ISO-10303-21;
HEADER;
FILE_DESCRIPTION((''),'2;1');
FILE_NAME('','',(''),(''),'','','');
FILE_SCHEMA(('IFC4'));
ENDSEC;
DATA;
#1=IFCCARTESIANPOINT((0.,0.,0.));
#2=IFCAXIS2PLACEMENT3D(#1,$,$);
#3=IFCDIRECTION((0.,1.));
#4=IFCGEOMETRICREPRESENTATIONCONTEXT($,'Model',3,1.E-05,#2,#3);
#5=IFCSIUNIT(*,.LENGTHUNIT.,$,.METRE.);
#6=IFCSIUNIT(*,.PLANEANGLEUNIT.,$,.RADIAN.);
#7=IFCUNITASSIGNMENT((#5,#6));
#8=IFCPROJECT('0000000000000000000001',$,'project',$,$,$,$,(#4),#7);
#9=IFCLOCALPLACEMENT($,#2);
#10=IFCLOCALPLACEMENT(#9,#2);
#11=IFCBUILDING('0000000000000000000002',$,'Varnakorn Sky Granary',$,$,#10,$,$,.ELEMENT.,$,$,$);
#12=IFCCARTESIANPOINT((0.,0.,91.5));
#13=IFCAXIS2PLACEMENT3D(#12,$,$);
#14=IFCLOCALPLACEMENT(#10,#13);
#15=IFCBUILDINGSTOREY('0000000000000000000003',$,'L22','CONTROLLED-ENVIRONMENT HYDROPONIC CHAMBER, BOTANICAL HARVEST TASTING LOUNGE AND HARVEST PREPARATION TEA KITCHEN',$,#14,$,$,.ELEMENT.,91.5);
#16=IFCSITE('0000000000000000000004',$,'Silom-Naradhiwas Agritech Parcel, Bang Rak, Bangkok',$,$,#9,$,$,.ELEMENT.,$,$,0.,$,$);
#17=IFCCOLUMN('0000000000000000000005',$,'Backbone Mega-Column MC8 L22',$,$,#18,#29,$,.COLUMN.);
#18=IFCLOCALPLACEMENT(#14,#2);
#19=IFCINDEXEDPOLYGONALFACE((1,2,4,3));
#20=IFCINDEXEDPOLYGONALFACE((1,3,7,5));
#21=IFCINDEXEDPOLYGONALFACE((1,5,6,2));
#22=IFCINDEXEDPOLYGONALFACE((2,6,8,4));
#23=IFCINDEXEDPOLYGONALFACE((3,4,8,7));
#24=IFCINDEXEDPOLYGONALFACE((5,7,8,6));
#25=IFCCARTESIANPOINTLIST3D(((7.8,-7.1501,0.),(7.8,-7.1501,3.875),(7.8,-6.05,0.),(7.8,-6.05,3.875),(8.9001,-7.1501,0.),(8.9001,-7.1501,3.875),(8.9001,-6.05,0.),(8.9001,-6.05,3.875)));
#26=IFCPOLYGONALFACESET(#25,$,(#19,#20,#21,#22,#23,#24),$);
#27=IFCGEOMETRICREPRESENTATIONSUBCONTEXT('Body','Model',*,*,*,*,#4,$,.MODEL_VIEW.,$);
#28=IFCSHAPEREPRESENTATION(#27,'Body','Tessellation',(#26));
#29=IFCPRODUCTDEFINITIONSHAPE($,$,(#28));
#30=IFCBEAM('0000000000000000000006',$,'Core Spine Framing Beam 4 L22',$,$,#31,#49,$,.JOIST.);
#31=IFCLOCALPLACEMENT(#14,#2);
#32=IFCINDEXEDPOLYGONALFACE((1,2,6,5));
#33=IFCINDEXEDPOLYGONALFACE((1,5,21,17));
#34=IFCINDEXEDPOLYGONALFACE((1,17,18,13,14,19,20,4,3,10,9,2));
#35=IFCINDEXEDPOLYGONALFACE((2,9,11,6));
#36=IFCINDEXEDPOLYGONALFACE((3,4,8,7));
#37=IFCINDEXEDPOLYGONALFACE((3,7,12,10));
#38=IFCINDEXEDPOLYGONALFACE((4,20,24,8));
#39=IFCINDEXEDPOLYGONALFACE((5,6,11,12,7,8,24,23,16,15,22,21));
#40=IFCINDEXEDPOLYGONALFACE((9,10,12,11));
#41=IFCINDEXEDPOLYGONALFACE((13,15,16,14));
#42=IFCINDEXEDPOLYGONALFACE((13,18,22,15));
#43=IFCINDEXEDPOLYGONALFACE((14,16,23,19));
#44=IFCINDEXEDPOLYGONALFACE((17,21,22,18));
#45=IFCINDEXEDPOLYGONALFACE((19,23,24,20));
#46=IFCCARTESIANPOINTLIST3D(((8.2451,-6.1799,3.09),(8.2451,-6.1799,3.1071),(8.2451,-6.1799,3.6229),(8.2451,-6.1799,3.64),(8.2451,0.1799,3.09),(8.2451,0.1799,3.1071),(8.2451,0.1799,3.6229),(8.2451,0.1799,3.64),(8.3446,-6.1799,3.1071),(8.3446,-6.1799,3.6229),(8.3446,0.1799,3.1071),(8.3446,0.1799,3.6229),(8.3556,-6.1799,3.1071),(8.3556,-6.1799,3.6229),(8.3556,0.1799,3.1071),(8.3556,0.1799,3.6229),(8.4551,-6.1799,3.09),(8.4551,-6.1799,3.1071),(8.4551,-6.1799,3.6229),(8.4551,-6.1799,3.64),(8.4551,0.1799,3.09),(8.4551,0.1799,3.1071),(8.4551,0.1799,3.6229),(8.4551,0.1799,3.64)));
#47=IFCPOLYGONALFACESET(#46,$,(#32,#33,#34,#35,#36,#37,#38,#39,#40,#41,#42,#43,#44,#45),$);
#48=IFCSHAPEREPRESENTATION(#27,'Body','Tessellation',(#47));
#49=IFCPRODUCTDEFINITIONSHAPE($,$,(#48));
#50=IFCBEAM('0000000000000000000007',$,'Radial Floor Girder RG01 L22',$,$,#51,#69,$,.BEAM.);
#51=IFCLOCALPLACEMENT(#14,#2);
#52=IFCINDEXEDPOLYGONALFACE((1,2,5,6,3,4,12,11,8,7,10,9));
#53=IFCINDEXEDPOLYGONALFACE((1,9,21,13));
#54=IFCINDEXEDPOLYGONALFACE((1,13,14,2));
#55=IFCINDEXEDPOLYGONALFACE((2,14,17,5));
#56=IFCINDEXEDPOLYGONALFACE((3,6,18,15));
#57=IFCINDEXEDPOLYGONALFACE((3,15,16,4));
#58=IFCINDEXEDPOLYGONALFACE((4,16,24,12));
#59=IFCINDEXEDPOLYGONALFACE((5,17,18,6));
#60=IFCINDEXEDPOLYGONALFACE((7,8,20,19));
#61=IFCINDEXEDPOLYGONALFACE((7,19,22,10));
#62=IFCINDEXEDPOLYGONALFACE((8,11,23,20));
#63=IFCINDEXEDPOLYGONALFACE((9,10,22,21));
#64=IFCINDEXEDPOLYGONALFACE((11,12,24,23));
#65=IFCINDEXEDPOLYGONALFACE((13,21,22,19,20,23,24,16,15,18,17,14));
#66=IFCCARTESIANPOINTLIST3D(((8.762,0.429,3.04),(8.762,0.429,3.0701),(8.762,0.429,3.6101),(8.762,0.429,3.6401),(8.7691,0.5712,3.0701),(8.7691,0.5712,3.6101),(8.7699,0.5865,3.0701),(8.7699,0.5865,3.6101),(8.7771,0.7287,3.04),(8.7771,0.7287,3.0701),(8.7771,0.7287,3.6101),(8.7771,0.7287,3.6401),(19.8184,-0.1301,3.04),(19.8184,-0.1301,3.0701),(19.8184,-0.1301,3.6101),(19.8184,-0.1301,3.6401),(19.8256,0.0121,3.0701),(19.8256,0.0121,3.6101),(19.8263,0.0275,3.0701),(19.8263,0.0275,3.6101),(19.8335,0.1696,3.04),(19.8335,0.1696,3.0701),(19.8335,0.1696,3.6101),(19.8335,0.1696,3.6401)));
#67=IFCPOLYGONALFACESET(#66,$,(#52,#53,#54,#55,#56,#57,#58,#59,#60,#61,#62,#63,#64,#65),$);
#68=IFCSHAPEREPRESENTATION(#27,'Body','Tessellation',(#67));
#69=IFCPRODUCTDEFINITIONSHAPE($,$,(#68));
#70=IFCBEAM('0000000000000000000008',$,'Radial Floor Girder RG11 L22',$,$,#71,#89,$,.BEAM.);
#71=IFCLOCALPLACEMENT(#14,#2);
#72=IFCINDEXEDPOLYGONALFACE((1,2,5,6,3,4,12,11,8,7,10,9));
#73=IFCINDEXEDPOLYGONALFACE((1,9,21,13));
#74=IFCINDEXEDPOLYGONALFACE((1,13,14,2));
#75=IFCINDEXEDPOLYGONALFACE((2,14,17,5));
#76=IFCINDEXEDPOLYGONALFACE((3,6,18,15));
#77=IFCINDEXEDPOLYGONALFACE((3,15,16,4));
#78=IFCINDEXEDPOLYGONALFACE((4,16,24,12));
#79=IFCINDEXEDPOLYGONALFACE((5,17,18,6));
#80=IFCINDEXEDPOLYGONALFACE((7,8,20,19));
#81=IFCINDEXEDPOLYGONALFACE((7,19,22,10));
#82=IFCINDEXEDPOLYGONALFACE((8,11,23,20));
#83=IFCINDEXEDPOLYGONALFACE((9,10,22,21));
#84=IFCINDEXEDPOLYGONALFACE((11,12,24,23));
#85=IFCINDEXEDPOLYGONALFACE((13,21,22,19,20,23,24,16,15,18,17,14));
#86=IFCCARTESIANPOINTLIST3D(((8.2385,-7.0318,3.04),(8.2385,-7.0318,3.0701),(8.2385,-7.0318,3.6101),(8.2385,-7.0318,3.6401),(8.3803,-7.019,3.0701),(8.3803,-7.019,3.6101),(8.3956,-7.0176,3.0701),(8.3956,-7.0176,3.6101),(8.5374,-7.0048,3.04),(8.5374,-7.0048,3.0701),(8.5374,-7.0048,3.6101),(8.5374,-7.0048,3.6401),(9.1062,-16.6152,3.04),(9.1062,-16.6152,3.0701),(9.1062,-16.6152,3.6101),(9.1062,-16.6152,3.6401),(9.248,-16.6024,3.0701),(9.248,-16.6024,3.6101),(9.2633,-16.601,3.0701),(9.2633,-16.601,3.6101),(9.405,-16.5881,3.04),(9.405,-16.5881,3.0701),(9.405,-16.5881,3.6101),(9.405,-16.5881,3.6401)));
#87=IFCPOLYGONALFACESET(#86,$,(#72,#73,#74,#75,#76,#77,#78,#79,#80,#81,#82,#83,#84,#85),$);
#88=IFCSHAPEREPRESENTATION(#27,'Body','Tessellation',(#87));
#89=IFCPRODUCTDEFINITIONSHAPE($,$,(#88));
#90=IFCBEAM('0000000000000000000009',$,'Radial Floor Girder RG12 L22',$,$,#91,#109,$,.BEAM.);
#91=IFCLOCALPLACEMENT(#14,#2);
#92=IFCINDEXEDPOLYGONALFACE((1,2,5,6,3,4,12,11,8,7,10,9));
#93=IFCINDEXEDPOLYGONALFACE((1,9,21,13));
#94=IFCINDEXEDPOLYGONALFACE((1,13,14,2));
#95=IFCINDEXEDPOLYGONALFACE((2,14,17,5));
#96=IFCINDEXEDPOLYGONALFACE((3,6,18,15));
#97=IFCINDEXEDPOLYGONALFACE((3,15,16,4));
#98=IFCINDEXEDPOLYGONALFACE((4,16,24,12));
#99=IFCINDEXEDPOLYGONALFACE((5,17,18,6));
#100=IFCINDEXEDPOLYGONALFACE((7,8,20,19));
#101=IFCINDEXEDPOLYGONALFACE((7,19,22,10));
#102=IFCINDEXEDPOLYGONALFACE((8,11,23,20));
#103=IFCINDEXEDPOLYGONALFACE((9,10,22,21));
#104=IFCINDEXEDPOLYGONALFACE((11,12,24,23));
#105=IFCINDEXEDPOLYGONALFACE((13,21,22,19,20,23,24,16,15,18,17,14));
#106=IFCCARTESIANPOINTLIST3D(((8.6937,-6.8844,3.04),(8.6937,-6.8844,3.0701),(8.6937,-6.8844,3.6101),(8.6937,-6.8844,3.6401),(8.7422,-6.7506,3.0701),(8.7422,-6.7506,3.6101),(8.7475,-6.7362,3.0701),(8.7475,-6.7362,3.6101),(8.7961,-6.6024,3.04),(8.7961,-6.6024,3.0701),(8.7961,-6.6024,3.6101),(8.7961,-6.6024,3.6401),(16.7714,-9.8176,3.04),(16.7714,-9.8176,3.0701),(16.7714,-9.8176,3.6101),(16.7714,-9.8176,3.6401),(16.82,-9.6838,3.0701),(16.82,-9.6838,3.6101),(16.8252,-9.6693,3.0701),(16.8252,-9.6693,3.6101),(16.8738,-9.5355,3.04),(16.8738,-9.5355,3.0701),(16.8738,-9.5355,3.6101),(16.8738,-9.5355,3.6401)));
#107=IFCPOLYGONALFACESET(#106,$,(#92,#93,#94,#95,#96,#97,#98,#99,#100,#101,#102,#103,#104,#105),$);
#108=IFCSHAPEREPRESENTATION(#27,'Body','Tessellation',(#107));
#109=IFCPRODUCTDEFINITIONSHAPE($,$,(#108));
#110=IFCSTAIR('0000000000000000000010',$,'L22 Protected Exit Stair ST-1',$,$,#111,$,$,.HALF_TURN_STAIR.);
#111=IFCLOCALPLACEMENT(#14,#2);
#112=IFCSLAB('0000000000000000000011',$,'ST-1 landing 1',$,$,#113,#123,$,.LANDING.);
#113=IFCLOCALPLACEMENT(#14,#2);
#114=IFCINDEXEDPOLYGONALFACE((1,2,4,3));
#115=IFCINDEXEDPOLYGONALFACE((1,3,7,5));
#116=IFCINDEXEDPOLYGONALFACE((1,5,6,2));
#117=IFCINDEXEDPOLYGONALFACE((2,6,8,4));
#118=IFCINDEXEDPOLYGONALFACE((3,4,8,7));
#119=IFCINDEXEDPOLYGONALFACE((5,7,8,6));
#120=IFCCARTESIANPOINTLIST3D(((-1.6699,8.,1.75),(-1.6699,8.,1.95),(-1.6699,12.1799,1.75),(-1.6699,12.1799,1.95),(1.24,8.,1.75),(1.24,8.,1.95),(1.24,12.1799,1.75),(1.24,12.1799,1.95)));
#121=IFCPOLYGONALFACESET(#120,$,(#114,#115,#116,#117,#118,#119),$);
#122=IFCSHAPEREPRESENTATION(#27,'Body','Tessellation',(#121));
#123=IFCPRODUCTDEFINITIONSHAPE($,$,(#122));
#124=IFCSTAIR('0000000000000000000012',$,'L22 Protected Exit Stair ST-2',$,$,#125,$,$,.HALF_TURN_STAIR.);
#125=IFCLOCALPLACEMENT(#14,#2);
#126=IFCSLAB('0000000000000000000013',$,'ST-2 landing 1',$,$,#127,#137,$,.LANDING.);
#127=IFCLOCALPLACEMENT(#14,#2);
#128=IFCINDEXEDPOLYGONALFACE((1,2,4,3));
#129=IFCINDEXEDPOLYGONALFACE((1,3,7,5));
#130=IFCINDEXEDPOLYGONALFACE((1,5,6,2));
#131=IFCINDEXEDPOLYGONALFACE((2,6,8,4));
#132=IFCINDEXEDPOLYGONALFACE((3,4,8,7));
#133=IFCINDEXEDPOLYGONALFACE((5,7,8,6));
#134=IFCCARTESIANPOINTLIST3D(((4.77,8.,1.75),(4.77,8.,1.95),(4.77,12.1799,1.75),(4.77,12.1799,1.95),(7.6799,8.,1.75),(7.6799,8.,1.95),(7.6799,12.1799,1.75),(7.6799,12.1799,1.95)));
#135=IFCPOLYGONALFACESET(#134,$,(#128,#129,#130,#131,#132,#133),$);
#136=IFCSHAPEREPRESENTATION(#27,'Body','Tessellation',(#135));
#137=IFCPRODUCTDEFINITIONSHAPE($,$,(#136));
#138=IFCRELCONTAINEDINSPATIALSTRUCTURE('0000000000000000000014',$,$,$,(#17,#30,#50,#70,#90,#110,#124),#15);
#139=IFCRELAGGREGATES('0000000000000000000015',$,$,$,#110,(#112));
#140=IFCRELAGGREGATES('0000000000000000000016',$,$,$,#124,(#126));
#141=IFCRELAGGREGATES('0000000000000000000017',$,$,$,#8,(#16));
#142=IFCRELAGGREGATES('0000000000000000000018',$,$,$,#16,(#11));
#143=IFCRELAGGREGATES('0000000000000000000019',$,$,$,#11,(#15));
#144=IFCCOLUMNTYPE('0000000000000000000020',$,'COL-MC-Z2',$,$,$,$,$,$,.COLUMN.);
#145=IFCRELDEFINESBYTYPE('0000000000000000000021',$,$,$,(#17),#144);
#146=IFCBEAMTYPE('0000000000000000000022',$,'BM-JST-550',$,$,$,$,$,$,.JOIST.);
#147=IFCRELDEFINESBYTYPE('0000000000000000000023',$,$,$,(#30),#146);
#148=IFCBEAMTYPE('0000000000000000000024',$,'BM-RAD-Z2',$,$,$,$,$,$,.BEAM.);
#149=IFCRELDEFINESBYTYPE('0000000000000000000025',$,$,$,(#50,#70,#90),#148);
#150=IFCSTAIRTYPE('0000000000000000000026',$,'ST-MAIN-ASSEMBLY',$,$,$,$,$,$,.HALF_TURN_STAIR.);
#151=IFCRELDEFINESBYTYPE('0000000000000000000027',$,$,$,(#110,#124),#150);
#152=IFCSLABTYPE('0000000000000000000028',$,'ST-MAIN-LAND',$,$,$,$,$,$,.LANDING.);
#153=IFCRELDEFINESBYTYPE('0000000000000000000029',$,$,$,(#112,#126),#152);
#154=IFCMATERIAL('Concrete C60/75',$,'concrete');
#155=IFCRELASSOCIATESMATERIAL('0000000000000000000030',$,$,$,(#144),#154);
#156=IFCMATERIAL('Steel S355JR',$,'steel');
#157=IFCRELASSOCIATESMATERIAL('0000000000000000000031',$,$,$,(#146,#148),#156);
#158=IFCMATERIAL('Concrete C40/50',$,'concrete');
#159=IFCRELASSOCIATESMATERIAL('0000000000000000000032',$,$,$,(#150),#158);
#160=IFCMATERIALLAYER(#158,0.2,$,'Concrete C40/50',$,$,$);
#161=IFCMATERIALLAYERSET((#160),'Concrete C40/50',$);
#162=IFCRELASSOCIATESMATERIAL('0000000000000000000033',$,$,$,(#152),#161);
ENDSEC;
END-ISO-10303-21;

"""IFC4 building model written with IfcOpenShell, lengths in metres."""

from ifc_helpers import new_model, si_unit, direction, frame, origin, origin_2d, place, context, subcontext, project, spatial, polyline, rectangle, i_section, outline, extrude, material, layer, layer_set, material_profile, profile_set, type_object, element, aggregate, save


model = new_model("IFC4")

# Units and contexts
model_context = context("Model", 3, precision=1e-05, world=origin(), true_north=direction((0.0, 1.0)))
body_context = subcontext(model_context, "Body", "Model", "MODEL_VIEW")
ifc_project = project(units=[si_unit("LENGTHUNIT", "METRE"), si_unit("PLANEANGLEUNIT", "RADIAN")], contexts=[model_context])

# Site, building, storey
site_placement = place(None, origin())
site = spatial("IfcSite", under=ifc_project, at=site_placement, Name="Silom-Naradhiwas Agritech Parcel, Bang Rak, Bangkok", CompositionType="ELEMENT", RefElevation=0.0)
building_placement = place(site_placement, origin())
building = spatial("IfcBuilding", under=site, at=building_placement, Name="Varnakorn Sky Granary", CompositionType="ELEMENT")
storey_placement = place(building_placement, frame((0.0, 0.0, 91.5)))
storey = spatial("IfcBuildingStorey", under=building, at=storey_placement, Name="L22", Description="CONTROLLED-ENVIRONMENT HYDROPONIC CHAMBER, BOTANICAL HARVEST TASTING LOUNGE AND HARVEST PREPARATION TEA KITCHEN", CompositionType="ELEMENT", Elevation=91.5)

# Column
ifc_material_1 = material(Name="Concrete C60/75", Category="concrete")
ifc_material_profile_1 = material_profile(ifc_material_1, rectangle(XDim=1.1001, YDim=1.1001, at=origin_2d()), Name="RC 1100x1100")
ifc_profile_set_1 = profile_set([ifc_material_profile_1], Name="Concrete C60/75")
column_type = type_object("IfcColumnType", Name="COL-MC-Z2", PredefinedType="COLUMN", material=ifc_profile_set_1)
column_placement = place(storey_placement, frame((8.3501, -6.6001, 0.0), z_axis=(0.0, 0.0, 1.0), x_axis=(1.0, 0.0, 0.0)))
element("IfcColumn", 1, at=column_placement, inside=storey, type_object=column_type, Name="Backbone Mega-Column MC8 L22", PredefinedType="COLUMN", context=body_context, shape_type="SweptSolid", body=[
    extrude(rectangle(XDim=1.1001, YDim=1.1001, at=origin_2d()), origin(), (0.0, 0.0, 1.0), 3.875),
])

# Beams
ifc_material_2 = material(Name="Steel S355JR", Category="steel")
ifc_material_profile_2 = material_profile(ifc_material_2, i_section(OverallWidth=0.21, OverallDepth=0.55, WebThickness=0.011, FlangeThickness=0.0171, at=origin_2d()), Name="IPE 550")
ifc_profile_set_2 = profile_set([ifc_material_profile_2], Name="Steel S355JR")
beam_type_1 = type_object("IfcBeamType", Name="BM-JST-550", PredefinedType="JOIST", material=ifc_profile_set_2)
beam_1_placement = place(storey_placement, frame((8.3501, 0.1799, 3.365), z_axis=(0.0, -1.0, 0.0), x_axis=(1.0, 0.0, 0.0)))
element("IfcBeam", 2, at=beam_1_placement, inside=storey, type_object=beam_type_1, Name="Core Spine Framing Beam 4 L22", PredefinedType="JOIST", context=body_context, shape_type="SweptSolid", body=[
    extrude(i_section(OverallWidth=0.21, OverallDepth=0.55, WebThickness=0.011, FlangeThickness=0.0171, at=origin_2d()), origin(), (0.0, 0.0, 1.0), 6.3599),
])
ifc_material_profile_3 = material_profile(ifc_material_2, i_section(OverallWidth=0.3, OverallDepth=0.6001, WebThickness=0.0154, FlangeThickness=0.03, at=origin_2d()), Name="HE 600 B")
ifc_profile_set_3 = profile_set([ifc_material_profile_3], Name="Steel S355JR")
beam_type_2 = type_object("IfcBeamType", Name="BM-RAD-Z2", PredefinedType="BEAM", material=ifc_profile_set_3)
beam_2_placement = place(storey_placement, frame((8.7695, 0.5789, 3.3401), z_axis=(0.998724, -0.050502, 0.0), x_axis=(0.050502, 0.998724, 0.0)))
element("IfcBeam", 3, at=beam_2_placement, inside=storey, type_object=beam_type_2, Name="Radial Floor Girder RG01 L22", PredefinedType="BEAM", context=body_context, shape_type="SweptSolid", body=[
    extrude(i_section(OverallWidth=0.3, OverallDepth=0.6001, WebThickness=0.0154, FlangeThickness=0.03, at=origin_2d()), origin(), (0.0, 0.0, 1.0), 11.0706),
])
beam_3_placement = place(storey_placement, frame((8.3879, -7.0183, 3.3401), z_axis=(0.090172, -0.995926, 0.0), x_axis=(0.995926, 0.090172, 0.0)))
element("IfcBeam", 4, at=beam_3_placement, inside=storey, type_object=beam_type_2, Name="Radial Floor Girder RG11 L22", PredefinedType="BEAM", context=body_context, shape_type="SweptSolid", body=[
    extrude(i_section(OverallWidth=0.3, OverallDepth=0.6001, WebThickness=0.0154, FlangeThickness=0.03, at=origin_2d()), origin(), (0.0, 0.0, 1.0), 9.6226),
])
beam_4_placement = place(storey_placement, frame((8.7449, -6.7434, 3.3401), z_axis=(0.939951, -0.34131, 0.0), x_axis=(0.34131, 0.939951, 0.0)))
element("IfcBeam", 5, at=beam_4_placement, inside=storey, type_object=beam_type_2, Name="Radial Floor Girder RG12 L22", PredefinedType="BEAM", context=body_context, shape_type="SweptSolid", body=[
    extrude(i_section(OverallWidth=0.3, OverallDepth=0.6001, WebThickness=0.0154, FlangeThickness=0.03, at=origin_2d()), origin(), (0.0, 0.0, 1.0), 8.5938),
])

# Stairs, slabs
ifc_material_3 = material(Name="Concrete C40/50", Category="concrete")
stair_type = type_object("IfcStairType", Name="ST-MAIN-ASSEMBLY", PredefinedType="HALF_TURN_STAIR", material=ifc_material_3)
stair_1_placement = place(storey_placement, origin())
stair_1 = element("IfcStair", 6, at=stair_1_placement, inside=storey, type_object=stair_type, Name="L22 Protected Exit Stair ST-1", PredefinedType="HALF_TURN_STAIR")
ifc_layer_1 = layer(ifc_material_3, 0.2, Name="Concrete C40/50")
ifc_layer_set_1 = layer_set([ifc_layer_1], Name="Concrete C40/50")
slab_type_1 = type_object("IfcSlabType", Name="ST-MAIN-LAND", PredefinedType="LANDING", material=ifc_layer_set_1)
slab_1_placement = place(storey_placement, frame((0.0, 0.0, 1.75)))
slab_1 = element("IfcSlab", 7, at=slab_1_placement, type_object=slab_type_1, Name="ST-1 landing 1", PredefinedType="LANDING", context=body_context, shape_type="SweptSolid", body=[
    extrude(outline(polyline([(1.24, 8.0), (1.24, 12.1799), (-1.6699, 12.1799), (-1.6699, 8.0), (1.24, 8.0)])), origin(), (0.0, 0.0, 1.0), 0.2),
])
aggregate(stair_1, [slab_1])
stair_2_placement = place(storey_placement, origin())
stair_2 = element("IfcStair", 8, at=stair_2_placement, inside=storey, type_object=stair_type, Name="L22 Protected Exit Stair ST-2", PredefinedType="HALF_TURN_STAIR")
slab_2_placement = place(storey_placement, frame((0.0, 0.0, 1.75)))
slab_2 = element("IfcSlab", 9, at=slab_2_placement, type_object=slab_type_1, Name="ST-2 landing 1", PredefinedType="LANDING", context=body_context, shape_type="SweptSolid", body=[
    extrude(outline(polyline([(7.6799, 8.0), (7.6799, 12.1799), (4.77, 12.1799), (4.77, 8.0), (7.6799, 8.0)])), origin(), (0.0, 0.0, 1.0), 0.2),
])
aggregate(stair_2, [slab_2])

save(model, "model.ifc")
